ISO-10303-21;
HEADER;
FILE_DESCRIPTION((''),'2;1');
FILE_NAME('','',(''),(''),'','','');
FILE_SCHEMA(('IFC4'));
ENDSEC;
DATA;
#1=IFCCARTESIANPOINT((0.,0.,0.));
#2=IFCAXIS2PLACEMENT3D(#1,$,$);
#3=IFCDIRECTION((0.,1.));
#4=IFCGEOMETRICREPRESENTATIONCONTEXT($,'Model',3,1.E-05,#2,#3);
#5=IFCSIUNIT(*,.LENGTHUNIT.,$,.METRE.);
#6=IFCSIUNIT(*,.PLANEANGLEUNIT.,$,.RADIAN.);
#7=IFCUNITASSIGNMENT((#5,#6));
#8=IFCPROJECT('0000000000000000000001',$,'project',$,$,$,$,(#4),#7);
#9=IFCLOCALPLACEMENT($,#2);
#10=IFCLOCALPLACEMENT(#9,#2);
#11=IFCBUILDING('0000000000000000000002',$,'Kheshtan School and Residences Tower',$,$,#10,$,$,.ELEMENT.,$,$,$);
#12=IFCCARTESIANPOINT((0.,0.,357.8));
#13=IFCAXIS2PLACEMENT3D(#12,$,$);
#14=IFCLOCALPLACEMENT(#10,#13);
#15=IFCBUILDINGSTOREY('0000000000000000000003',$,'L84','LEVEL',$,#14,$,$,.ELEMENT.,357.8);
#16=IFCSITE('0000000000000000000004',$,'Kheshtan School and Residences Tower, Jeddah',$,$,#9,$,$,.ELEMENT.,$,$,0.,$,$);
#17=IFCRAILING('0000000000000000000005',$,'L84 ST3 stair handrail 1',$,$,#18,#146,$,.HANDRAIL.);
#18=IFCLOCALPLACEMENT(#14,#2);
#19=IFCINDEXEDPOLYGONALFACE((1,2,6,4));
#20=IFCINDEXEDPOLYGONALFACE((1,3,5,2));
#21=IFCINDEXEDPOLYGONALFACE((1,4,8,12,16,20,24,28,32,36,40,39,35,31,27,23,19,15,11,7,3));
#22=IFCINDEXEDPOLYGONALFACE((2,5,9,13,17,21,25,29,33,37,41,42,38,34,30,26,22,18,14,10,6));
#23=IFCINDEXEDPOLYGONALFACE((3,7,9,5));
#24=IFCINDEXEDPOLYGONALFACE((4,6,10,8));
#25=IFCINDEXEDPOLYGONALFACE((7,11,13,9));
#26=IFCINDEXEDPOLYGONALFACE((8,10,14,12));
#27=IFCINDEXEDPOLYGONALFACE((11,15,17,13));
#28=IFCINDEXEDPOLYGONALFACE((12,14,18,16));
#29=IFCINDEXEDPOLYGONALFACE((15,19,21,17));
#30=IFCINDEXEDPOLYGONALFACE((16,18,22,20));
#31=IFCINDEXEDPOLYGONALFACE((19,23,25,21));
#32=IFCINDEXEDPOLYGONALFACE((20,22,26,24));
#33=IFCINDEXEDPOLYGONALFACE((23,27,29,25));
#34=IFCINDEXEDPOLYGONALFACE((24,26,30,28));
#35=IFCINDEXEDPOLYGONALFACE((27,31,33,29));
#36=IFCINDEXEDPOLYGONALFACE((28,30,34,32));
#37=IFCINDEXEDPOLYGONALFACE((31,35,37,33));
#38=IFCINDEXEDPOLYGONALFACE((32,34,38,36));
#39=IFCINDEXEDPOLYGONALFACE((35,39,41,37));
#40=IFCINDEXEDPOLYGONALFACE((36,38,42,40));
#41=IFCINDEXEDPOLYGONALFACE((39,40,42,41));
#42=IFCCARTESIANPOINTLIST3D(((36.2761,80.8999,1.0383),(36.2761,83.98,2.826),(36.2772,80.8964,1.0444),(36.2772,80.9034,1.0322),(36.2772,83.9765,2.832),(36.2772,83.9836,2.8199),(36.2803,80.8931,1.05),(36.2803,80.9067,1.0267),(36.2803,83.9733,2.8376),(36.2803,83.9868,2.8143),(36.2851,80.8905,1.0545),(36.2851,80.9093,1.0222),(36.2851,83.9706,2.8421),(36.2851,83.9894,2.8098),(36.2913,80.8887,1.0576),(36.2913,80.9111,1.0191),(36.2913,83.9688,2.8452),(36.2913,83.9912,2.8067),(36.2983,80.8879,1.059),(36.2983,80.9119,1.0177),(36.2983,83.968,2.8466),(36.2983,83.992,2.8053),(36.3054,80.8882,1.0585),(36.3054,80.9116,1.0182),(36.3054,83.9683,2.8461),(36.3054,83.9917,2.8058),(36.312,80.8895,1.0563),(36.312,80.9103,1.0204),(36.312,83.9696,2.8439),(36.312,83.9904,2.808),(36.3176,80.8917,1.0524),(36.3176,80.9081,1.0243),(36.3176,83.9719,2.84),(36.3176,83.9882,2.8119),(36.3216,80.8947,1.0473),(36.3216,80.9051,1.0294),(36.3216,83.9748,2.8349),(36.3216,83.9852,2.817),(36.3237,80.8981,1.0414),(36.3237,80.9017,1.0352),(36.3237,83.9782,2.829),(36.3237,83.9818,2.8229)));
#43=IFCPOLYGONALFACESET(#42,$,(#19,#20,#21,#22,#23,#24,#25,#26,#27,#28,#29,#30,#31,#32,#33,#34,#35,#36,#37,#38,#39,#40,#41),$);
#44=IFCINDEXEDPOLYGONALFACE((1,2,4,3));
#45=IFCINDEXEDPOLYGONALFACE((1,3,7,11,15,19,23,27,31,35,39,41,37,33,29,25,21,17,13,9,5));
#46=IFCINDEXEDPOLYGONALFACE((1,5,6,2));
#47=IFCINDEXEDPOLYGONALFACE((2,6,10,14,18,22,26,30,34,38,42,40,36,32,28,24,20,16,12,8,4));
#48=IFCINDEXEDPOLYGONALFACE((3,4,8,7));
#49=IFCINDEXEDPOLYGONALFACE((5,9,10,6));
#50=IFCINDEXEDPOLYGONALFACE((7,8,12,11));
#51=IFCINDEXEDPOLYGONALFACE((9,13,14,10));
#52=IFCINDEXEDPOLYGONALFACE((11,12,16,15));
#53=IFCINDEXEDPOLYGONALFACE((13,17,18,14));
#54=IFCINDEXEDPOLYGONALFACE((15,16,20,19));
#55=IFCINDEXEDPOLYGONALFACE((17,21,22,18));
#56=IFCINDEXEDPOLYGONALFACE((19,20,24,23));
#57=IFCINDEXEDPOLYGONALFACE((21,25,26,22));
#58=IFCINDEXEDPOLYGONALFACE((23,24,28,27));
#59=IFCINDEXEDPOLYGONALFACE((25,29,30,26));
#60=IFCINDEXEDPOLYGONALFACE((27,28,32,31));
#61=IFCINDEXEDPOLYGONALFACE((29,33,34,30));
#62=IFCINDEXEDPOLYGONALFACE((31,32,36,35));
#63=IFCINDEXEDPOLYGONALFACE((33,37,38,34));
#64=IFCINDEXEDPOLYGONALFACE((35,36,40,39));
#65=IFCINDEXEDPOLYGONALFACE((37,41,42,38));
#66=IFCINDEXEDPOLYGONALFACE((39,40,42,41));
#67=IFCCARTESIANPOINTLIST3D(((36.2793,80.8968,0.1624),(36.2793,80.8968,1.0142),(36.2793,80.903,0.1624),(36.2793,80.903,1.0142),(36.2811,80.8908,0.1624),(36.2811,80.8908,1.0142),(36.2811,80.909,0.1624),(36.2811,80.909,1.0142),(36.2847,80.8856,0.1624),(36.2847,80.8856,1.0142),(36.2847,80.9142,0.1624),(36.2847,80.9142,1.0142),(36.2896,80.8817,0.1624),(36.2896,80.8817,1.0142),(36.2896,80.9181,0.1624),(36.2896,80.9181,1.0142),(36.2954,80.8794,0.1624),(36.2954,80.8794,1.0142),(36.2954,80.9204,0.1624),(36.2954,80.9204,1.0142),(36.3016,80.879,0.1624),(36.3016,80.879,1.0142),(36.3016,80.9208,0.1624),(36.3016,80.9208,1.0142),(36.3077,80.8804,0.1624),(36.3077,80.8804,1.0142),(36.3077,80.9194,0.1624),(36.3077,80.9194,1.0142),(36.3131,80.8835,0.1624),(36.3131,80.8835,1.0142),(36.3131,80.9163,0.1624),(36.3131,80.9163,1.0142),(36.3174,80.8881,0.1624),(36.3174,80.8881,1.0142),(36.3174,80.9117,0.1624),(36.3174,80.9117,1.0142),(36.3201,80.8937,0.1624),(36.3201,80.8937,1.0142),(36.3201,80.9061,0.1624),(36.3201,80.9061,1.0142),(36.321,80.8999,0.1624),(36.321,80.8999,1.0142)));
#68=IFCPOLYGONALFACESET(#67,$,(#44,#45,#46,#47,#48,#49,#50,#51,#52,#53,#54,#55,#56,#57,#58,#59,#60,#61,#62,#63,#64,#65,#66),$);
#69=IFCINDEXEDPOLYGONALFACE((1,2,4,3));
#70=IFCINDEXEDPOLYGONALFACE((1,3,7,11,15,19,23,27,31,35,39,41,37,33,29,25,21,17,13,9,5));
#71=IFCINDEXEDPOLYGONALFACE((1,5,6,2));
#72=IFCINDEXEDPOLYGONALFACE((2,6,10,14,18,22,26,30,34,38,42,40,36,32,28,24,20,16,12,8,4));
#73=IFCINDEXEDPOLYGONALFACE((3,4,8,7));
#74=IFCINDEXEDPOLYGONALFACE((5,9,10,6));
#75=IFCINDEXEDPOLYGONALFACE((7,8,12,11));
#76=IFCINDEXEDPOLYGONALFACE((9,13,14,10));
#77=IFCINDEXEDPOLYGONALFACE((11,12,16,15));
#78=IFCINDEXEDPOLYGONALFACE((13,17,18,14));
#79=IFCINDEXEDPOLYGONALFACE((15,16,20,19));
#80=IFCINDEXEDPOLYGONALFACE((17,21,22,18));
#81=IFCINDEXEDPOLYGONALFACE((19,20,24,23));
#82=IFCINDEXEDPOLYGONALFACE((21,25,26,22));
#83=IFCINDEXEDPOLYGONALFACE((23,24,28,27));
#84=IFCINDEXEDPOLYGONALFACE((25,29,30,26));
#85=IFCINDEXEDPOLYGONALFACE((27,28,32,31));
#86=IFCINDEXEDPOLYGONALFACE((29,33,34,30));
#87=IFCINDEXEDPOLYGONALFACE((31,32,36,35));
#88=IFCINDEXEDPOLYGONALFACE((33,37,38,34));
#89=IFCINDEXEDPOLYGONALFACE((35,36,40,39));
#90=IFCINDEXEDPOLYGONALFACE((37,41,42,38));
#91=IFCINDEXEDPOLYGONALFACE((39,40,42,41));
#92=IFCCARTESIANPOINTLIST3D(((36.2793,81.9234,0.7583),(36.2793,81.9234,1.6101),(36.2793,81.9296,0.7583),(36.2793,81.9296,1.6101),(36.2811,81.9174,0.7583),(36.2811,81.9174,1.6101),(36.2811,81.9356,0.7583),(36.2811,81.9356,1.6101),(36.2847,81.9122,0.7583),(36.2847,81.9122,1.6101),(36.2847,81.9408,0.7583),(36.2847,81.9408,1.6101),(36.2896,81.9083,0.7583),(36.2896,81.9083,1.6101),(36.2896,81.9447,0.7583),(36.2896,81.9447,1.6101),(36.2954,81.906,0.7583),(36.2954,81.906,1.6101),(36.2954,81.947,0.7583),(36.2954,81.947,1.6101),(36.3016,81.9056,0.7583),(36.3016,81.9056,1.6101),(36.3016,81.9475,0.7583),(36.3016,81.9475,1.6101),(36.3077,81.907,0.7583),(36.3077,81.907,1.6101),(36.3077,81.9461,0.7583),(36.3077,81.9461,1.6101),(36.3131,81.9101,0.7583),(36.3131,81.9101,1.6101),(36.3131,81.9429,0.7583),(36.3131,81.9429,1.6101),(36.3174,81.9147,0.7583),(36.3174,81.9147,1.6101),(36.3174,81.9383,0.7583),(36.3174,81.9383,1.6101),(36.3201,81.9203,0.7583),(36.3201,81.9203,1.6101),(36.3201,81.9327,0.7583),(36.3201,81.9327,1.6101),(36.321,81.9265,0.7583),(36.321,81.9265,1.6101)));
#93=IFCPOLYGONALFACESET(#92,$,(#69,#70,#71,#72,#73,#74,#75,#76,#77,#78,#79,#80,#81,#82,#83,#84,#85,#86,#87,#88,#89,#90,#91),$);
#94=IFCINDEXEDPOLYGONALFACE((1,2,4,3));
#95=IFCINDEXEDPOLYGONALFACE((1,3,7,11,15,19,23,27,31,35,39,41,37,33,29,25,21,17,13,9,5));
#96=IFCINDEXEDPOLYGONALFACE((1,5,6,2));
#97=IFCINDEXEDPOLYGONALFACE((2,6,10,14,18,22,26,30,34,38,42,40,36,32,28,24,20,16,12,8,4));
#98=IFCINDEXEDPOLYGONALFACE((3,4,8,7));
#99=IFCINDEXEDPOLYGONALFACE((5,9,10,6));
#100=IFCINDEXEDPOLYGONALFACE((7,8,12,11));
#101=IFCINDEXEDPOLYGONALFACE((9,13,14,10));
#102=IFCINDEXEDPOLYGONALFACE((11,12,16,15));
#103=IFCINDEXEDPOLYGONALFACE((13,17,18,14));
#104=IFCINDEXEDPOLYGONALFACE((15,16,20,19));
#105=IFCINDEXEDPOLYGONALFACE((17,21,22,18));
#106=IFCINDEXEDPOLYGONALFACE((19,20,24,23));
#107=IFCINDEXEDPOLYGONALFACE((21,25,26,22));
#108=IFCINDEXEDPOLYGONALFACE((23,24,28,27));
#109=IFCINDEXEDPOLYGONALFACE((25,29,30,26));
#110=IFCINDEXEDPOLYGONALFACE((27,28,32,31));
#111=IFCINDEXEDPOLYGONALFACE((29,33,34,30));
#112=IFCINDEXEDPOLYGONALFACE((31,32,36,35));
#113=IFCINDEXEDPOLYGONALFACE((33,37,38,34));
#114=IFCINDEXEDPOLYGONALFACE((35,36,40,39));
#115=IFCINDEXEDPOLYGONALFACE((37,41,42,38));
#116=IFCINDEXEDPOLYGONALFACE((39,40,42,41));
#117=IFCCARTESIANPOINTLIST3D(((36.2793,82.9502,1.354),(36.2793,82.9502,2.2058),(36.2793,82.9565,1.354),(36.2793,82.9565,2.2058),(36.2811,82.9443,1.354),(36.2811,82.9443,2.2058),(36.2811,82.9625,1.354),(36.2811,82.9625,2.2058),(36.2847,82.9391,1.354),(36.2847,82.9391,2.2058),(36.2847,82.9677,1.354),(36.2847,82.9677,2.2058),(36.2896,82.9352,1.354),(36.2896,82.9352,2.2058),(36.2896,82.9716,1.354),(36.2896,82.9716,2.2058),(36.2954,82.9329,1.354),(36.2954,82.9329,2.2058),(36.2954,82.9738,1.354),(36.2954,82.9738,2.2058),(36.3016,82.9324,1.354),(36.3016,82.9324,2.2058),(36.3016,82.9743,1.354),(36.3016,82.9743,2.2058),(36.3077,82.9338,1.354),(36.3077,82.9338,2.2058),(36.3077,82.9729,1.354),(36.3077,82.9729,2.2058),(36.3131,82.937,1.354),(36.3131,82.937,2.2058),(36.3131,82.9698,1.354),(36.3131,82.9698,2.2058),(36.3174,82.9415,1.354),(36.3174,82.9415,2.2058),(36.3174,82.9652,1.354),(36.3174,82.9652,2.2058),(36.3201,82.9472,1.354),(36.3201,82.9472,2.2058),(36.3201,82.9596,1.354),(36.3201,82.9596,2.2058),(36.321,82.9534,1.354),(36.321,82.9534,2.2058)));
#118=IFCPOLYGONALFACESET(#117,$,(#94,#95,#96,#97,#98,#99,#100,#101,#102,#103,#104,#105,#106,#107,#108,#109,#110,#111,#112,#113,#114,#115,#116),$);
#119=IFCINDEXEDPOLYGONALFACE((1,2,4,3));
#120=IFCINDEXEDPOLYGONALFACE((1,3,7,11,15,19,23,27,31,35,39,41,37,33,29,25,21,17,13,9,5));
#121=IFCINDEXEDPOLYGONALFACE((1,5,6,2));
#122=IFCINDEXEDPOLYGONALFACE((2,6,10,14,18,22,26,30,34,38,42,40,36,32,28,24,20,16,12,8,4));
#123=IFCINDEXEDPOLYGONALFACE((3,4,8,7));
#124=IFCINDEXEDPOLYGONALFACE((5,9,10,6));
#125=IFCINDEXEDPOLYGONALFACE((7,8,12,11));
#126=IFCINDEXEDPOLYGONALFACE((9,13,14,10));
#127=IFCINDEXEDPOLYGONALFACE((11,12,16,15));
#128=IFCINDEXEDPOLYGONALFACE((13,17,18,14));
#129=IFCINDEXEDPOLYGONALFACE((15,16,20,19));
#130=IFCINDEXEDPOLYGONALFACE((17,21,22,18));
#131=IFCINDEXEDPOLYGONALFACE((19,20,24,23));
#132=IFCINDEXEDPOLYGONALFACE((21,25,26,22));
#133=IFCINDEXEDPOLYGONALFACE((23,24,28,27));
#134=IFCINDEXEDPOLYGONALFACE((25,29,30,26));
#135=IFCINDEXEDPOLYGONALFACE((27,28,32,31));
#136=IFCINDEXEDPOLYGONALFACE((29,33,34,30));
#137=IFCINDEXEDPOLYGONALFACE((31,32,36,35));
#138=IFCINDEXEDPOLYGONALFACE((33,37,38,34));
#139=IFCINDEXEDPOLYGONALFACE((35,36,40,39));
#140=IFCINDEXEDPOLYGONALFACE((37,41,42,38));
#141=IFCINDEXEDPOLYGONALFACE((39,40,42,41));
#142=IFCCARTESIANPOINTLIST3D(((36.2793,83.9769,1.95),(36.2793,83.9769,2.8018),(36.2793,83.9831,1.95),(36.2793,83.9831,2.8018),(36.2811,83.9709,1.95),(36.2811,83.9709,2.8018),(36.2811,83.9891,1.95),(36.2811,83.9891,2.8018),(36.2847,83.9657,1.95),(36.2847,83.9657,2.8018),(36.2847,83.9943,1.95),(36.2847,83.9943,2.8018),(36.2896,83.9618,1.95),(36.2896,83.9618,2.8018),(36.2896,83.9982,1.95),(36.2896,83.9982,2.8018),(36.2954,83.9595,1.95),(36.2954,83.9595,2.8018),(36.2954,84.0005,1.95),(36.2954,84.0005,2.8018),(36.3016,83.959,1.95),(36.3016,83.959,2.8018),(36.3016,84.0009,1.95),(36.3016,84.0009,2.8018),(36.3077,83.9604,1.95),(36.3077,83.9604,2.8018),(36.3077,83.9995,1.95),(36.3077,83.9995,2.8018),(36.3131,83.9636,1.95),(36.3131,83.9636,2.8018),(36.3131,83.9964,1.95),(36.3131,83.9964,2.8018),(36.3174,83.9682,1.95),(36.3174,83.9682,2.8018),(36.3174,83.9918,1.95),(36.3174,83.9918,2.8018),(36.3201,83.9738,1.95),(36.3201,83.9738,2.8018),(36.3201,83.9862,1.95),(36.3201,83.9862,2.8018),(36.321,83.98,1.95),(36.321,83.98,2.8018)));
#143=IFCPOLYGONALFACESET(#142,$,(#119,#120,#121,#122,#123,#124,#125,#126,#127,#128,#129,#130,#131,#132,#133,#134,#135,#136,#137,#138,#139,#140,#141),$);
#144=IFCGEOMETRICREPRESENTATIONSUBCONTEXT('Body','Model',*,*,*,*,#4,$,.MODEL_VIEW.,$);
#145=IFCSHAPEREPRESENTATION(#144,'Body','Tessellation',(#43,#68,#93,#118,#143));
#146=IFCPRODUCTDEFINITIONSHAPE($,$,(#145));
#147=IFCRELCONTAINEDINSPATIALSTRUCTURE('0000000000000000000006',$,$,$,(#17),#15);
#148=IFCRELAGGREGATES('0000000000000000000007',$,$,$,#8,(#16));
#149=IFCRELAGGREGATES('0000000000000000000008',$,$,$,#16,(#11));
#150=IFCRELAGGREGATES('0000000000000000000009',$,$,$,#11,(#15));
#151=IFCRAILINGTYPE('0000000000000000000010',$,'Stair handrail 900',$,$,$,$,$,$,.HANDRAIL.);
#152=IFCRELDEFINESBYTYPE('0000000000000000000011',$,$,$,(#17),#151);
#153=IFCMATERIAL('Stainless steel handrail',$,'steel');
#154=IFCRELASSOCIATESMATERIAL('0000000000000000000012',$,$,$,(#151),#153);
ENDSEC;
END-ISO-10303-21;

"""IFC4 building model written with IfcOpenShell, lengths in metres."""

from ifc_helpers import new_model, si_unit, direction, frame, origin, origin_2d, place, context, subcontext, project, spatial, circle, extrude, material, type_object, element, save


model = new_model("IFC4")

# Units and contexts
model_context = context("Model", 3, precision=1e-05, world=origin(), true_north=direction((0.0, 1.0)))
body_context = subcontext(model_context, "Body", "Model", "MODEL_VIEW")
ifc_project = project(units=[si_unit("LENGTHUNIT", "METRE"), si_unit("PLANEANGLEUNIT", "RADIAN")], contexts=[model_context])

# Site, building, storey
site_placement = place(None, origin())
site = spatial("IfcSite", under=ifc_project, at=site_placement, Name="Kheshtan School and Residences Tower, Jeddah", CompositionType="ELEMENT", RefElevation=0.0)
building_placement = place(site_placement, origin())
building = spatial("IfcBuilding", under=site, at=building_placement, Name="Kheshtan School and Residences Tower", CompositionType="ELEMENT")
storey_placement = place(building_placement, frame((0.0, 0.0, 357.8)))
storey = spatial("IfcBuildingStorey", under=building, at=storey_placement, Name="L84", Description="LEVEL", CompositionType="ELEMENT", Elevation=357.8)

# Railing
ifc_material_1 = material(Name="Stainless steel handrail", Category="steel")
railing_type_1 = type_object("IfcRailingType", Name="Stair handrail 900", PredefinedType="HANDRAIL", material=ifc_material_1)
railing_1_placement = place(storey_placement, frame((36.3, 80.8999, 0.1624)))
element("IfcRailing", 1, at=railing_1_placement, inside=storey, type_object=railing_type_1, Name="L84 ST3 stair handrail 1", PredefinedType="HANDRAIL", context=body_context, shape_type="SweptSolid", body=[
    extrude(circle(Radius=0.0239, at=origin_2d()), frame((0.0, 0.0, 0.876), z_axis=(0.0, 0.864891, 0.50196), x_axis=(-1.0, 0.0, 0.0)), (0.0, 0.0, 1.0), 3.5613),
    extrude(circle(Radius=0.021, at=origin_2d()), origin(), (0.0, 0.0, 1.0), 0.8518),
    extrude(circle(Radius=0.021, at=origin_2d()), frame((0.0, 1.0266, 0.5959)), (0.0, 0.0, 1.0), 0.8518),
    extrude(circle(Radius=0.021, at=origin_2d()), frame((0.0, 2.0535, 1.1917)), (0.0, 0.0, 1.0), 0.8518),
    extrude(circle(Radius=0.021, at=origin_2d()), frame((0.0, 3.0801, 1.7876)), (0.0, 0.0, 1.0), 0.8518),
])

save(model, "model.ifc")
